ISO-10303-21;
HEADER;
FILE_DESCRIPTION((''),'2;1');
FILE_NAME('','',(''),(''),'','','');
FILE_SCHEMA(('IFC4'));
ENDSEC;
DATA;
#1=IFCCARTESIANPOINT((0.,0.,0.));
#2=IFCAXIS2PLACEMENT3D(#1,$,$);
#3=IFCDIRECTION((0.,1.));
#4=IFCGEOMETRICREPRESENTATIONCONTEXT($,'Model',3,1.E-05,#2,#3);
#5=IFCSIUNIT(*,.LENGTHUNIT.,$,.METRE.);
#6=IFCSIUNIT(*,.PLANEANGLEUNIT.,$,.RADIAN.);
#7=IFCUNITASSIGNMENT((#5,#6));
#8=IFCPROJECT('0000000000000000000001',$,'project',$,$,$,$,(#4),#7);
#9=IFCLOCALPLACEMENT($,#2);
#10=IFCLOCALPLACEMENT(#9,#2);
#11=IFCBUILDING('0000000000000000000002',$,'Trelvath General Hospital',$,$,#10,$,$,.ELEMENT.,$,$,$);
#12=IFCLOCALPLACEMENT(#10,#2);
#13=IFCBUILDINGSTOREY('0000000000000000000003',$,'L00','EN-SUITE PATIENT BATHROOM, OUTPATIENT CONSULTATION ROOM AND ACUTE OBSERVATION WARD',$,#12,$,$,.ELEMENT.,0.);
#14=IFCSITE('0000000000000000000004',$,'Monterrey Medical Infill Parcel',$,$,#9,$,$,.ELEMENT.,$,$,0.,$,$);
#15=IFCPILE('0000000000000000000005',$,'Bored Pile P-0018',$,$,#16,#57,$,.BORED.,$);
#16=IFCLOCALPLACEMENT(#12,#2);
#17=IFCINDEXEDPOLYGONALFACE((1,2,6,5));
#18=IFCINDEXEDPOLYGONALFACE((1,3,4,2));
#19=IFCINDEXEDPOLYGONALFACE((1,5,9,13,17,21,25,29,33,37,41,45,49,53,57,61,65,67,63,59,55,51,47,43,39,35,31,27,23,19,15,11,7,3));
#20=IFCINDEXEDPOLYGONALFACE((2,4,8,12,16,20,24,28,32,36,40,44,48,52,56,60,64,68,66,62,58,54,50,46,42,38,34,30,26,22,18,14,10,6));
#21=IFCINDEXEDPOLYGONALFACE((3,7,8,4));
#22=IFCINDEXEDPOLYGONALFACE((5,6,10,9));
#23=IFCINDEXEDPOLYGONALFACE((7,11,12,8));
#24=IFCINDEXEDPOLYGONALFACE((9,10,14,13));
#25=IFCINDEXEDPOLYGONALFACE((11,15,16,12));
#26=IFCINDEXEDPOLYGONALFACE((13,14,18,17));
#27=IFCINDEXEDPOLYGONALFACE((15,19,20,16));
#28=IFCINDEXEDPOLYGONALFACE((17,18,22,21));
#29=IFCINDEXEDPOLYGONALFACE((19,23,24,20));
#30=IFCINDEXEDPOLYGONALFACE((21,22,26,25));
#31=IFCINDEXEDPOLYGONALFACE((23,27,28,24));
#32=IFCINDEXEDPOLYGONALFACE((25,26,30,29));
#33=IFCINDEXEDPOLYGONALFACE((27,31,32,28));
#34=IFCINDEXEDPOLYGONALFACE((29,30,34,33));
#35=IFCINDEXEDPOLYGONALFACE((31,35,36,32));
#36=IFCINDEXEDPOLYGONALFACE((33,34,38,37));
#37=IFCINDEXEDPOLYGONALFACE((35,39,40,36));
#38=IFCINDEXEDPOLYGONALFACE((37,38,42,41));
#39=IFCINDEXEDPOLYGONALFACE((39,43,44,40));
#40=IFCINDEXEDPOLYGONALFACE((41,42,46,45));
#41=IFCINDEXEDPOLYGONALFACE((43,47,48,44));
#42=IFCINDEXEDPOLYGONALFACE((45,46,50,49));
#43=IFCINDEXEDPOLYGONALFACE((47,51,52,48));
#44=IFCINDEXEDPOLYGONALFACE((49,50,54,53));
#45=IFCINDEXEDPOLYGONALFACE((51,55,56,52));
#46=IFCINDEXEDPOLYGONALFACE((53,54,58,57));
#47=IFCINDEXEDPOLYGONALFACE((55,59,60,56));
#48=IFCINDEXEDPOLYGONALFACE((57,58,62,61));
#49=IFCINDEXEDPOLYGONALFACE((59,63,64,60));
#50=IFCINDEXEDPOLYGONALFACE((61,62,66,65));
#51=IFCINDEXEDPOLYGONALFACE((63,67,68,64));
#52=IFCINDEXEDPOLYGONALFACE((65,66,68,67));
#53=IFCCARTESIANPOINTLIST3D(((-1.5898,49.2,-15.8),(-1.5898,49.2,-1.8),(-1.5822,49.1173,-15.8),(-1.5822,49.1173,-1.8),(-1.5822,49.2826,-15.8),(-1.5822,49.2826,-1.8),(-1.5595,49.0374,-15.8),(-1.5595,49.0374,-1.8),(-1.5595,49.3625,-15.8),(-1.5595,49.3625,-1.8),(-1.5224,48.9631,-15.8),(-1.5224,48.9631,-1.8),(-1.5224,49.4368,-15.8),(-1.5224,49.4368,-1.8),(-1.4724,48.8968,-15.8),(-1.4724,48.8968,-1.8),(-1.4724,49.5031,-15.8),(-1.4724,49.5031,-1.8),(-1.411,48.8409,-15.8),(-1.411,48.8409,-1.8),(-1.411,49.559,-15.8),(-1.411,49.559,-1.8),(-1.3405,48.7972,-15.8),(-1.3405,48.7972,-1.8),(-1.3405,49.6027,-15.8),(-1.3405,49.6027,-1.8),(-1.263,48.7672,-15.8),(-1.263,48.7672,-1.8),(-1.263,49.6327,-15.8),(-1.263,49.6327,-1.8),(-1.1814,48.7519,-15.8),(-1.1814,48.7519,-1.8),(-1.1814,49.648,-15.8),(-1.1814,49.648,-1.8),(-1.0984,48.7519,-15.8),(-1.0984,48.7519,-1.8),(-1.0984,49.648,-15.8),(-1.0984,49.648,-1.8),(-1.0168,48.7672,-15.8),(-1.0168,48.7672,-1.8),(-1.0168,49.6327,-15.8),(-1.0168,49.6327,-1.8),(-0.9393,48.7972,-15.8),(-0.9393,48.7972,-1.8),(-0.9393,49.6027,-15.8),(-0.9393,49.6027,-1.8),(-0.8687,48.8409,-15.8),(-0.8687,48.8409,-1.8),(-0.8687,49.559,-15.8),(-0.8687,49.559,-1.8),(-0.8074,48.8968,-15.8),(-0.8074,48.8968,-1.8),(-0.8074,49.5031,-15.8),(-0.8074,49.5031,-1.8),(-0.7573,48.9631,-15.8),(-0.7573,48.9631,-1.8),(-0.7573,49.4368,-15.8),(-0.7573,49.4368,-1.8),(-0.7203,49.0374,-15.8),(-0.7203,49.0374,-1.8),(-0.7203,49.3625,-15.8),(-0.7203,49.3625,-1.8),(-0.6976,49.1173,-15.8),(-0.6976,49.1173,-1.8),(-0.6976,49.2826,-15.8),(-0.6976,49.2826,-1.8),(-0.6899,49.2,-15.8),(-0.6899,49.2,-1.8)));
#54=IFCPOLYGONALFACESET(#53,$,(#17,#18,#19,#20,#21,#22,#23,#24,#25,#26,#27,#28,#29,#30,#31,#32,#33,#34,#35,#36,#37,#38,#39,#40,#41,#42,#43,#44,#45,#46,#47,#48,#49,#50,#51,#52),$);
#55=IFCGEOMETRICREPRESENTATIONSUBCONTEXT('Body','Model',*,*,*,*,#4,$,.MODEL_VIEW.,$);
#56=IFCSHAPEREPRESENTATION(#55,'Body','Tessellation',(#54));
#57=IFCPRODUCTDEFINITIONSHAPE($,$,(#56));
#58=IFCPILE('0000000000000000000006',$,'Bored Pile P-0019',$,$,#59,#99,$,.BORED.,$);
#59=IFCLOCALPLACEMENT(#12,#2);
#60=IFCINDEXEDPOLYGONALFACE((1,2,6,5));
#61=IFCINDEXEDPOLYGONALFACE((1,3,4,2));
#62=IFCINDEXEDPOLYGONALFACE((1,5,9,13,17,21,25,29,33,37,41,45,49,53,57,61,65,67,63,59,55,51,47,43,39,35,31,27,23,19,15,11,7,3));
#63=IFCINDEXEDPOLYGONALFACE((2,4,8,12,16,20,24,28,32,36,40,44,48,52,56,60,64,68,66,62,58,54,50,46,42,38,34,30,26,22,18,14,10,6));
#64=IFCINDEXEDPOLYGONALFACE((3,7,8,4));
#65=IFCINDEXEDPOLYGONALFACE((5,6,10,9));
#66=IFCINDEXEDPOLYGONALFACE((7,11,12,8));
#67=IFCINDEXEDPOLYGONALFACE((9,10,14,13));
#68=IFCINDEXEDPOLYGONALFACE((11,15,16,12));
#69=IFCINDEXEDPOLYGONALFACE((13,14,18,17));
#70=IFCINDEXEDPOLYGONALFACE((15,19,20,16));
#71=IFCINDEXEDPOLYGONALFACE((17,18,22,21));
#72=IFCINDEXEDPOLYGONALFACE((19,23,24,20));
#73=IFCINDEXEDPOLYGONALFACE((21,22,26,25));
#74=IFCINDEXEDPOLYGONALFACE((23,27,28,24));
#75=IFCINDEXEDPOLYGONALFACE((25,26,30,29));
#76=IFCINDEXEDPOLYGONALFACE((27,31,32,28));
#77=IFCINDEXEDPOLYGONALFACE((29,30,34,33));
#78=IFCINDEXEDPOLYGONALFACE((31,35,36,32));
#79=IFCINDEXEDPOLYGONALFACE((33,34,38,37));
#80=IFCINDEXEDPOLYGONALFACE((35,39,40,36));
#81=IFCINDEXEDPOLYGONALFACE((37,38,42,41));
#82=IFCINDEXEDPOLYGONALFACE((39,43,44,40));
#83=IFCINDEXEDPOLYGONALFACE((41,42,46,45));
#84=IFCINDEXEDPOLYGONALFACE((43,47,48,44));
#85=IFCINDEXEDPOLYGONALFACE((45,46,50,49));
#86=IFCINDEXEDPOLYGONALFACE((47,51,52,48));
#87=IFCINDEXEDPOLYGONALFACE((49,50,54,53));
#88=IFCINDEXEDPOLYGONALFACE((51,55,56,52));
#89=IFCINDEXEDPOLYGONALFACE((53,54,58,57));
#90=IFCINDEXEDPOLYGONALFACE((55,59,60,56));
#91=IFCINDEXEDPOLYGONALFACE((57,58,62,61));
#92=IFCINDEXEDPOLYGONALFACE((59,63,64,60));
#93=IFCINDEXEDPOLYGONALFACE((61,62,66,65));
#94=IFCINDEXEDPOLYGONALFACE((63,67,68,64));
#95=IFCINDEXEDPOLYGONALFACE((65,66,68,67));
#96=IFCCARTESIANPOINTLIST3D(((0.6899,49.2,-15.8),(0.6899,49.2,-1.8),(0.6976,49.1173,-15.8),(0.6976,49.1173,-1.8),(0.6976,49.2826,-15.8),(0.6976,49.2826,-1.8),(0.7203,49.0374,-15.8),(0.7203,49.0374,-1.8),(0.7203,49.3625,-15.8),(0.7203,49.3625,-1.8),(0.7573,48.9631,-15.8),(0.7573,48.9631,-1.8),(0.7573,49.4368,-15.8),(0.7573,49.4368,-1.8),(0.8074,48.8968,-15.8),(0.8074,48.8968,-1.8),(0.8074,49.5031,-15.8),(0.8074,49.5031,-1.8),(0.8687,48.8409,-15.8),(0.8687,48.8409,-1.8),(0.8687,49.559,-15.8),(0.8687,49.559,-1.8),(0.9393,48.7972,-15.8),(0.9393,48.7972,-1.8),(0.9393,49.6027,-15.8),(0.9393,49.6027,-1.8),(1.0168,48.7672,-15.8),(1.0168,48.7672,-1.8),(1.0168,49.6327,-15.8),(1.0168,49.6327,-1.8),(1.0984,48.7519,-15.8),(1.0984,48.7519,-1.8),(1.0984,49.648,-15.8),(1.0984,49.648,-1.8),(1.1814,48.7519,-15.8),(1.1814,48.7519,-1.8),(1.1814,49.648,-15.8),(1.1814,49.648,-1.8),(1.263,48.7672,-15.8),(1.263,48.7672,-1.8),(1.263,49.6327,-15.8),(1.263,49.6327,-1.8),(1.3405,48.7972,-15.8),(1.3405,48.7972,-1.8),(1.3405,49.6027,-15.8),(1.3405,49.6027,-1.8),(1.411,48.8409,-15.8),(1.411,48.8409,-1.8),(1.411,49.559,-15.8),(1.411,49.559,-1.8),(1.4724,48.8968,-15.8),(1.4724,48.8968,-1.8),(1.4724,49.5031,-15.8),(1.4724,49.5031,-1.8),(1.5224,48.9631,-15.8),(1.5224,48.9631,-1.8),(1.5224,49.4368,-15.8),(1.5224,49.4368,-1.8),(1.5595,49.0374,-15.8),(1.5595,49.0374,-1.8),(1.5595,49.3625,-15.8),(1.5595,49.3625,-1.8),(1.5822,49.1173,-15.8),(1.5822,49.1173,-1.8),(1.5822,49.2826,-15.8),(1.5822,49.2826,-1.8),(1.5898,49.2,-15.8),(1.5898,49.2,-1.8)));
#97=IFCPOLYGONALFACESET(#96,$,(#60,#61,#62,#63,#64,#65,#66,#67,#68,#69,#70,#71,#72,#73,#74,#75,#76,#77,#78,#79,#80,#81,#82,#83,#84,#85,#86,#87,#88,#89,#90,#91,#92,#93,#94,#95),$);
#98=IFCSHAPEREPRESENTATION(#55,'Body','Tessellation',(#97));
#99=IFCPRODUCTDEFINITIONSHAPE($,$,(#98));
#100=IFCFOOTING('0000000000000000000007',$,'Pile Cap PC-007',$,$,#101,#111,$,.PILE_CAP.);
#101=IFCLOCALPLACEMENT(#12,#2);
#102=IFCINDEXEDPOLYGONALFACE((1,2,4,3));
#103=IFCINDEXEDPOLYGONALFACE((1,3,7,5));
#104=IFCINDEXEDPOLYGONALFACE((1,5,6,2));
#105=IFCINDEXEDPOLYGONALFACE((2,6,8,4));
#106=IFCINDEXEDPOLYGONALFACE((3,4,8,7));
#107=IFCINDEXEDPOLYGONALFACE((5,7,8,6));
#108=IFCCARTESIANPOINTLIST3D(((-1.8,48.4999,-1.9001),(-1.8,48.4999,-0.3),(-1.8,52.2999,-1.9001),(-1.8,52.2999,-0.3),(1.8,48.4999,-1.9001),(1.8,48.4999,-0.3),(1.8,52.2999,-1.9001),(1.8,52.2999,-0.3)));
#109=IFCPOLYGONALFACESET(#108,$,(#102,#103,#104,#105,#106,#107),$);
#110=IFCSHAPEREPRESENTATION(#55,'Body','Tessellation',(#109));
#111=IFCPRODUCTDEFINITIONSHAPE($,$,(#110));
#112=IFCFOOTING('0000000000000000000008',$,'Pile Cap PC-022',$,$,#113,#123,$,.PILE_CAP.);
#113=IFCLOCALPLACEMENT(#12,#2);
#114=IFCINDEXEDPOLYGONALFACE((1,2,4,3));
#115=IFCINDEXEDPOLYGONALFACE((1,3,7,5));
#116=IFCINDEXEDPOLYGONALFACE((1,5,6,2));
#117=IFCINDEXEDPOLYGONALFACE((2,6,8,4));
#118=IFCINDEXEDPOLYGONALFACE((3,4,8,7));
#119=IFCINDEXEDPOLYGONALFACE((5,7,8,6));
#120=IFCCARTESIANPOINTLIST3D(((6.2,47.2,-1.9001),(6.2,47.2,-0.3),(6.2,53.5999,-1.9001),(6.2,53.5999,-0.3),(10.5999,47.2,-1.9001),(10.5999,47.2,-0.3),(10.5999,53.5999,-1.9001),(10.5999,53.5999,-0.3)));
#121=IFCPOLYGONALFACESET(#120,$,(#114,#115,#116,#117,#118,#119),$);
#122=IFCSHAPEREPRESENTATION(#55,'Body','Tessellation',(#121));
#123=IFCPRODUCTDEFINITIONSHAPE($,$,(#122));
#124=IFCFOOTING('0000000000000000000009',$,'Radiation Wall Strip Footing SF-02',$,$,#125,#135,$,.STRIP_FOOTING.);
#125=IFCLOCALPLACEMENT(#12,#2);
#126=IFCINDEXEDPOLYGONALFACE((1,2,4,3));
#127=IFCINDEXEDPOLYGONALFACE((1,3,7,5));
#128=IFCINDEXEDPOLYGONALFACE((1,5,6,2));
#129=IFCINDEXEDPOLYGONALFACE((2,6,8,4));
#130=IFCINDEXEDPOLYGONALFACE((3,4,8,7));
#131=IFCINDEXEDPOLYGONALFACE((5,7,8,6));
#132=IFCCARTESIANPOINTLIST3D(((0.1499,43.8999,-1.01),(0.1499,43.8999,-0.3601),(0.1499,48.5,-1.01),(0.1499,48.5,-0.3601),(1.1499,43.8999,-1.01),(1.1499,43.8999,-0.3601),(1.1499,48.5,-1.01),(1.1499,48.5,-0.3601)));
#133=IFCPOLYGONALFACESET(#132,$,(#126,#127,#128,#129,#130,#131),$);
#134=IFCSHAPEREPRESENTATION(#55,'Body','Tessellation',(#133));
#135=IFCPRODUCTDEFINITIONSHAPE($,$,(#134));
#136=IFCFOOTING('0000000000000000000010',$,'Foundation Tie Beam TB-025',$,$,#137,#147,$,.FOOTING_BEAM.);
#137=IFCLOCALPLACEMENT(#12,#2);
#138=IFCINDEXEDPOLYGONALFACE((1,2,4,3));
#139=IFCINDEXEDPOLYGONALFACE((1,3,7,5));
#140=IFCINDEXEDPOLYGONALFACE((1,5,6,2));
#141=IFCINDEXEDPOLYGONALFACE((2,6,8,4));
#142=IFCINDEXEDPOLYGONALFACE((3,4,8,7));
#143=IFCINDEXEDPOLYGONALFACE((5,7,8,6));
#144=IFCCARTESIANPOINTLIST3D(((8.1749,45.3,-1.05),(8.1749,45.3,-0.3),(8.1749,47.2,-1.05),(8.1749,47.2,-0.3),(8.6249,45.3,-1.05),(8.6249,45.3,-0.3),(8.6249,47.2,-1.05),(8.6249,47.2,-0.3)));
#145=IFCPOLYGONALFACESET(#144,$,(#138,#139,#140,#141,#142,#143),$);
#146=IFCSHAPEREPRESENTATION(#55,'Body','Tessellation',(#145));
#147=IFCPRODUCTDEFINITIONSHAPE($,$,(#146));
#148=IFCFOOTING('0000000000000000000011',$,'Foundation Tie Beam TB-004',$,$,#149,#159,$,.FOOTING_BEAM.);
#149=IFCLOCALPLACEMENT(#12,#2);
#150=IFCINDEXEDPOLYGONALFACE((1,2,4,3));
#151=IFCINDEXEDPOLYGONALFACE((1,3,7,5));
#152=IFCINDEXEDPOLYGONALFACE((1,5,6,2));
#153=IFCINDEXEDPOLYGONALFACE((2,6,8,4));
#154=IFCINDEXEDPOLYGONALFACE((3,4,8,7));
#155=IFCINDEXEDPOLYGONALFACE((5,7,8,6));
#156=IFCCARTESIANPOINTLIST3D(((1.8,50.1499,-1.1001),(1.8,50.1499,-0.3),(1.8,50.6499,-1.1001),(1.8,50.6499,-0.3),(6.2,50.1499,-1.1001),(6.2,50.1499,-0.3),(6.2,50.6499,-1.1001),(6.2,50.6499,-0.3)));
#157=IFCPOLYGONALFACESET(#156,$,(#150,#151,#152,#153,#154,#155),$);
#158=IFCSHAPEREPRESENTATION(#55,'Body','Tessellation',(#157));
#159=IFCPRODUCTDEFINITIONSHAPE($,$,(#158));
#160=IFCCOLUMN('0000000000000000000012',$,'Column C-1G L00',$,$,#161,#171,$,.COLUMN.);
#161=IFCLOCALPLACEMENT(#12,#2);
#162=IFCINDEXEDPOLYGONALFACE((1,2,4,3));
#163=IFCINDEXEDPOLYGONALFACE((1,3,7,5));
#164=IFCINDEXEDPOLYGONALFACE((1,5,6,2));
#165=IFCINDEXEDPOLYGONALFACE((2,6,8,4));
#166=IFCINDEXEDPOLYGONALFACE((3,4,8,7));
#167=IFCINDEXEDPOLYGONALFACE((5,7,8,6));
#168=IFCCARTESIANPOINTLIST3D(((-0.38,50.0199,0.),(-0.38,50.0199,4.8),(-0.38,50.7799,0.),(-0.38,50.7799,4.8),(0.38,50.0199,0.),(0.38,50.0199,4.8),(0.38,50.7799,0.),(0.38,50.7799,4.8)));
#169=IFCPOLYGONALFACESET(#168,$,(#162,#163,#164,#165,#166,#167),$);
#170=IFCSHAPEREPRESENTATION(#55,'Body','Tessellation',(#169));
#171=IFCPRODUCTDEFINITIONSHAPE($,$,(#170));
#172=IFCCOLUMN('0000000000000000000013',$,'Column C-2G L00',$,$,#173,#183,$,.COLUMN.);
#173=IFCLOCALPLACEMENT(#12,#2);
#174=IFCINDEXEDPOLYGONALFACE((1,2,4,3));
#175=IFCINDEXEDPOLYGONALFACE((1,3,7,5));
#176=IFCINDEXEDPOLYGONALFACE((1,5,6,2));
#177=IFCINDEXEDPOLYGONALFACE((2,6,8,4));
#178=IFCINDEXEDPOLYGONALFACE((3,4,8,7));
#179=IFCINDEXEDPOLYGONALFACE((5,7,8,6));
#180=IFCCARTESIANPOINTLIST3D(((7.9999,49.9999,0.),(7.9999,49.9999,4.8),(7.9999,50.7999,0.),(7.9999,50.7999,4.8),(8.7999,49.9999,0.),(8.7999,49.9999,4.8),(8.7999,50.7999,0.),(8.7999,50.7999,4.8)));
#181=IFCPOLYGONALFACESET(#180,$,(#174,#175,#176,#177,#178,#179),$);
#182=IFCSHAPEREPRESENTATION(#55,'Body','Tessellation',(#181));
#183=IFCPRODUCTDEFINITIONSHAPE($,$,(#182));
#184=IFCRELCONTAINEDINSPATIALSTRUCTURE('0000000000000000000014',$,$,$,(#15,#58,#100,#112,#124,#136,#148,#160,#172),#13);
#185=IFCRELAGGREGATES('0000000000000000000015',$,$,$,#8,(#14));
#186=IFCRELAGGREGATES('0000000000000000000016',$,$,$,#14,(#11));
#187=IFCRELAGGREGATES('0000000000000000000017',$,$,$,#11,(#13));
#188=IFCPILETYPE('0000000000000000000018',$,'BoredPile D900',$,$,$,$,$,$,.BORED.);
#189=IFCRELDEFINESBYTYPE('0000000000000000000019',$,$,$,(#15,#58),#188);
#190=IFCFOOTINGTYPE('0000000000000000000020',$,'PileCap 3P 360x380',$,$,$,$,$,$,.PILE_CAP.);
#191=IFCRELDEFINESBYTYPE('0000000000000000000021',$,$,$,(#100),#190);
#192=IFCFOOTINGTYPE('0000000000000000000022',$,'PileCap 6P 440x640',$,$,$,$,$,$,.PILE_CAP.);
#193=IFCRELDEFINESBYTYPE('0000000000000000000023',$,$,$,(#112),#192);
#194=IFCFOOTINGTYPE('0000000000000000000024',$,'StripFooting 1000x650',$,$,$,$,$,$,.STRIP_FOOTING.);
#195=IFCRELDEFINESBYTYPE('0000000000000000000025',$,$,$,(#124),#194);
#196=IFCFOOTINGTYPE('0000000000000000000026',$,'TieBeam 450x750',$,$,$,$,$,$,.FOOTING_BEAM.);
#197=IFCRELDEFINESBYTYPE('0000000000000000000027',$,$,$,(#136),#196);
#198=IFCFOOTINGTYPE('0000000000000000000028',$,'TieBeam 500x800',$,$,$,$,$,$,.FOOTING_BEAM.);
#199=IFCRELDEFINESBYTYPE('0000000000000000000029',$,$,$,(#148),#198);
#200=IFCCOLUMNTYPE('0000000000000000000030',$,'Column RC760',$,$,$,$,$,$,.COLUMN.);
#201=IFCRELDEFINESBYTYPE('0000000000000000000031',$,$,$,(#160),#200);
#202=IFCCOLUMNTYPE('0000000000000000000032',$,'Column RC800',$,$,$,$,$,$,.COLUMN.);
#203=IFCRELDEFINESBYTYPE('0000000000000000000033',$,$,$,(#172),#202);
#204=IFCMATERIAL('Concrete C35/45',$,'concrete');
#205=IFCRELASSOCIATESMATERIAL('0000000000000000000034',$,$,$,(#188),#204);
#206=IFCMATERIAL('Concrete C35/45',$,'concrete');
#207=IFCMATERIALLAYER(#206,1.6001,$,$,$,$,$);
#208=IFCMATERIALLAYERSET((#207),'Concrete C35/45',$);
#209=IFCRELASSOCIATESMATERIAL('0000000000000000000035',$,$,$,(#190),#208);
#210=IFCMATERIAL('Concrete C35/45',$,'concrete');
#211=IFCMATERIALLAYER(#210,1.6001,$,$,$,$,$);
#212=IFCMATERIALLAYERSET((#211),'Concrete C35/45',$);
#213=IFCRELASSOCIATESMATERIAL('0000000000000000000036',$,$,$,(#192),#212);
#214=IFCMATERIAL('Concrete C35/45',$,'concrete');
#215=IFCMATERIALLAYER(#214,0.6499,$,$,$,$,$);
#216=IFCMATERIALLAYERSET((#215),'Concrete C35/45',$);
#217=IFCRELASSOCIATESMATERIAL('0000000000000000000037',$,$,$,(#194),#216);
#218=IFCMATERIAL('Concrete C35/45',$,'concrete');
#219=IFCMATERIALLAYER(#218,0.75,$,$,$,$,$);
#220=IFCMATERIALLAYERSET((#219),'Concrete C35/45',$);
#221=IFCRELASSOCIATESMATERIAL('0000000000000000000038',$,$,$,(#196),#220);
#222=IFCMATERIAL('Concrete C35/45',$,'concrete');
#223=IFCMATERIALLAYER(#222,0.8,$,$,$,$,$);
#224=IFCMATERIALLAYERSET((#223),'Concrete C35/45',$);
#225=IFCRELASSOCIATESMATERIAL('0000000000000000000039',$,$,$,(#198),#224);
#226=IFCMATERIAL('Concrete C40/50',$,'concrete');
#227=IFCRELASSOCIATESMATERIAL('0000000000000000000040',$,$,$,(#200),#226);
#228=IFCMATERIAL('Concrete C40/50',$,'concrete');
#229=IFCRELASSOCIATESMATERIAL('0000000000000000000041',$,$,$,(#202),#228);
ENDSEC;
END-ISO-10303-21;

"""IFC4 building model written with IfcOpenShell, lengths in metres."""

from ifc_helpers import new_model, si_unit, direction, frame, origin, origin_2d, place, context, subcontext, project, spatial, rectangle, circle, extrude, material, layer, layer_set, material_profile, profile_set, type_object, element, save


model = new_model("IFC4")

# Units and contexts
model_context = context("Model", 3, precision=1e-05, world=origin(), true_north=direction((0.0, 1.0)))
body_context = subcontext(model_context, "Body", "Model", "MODEL_VIEW")
ifc_project = project(units=[si_unit("LENGTHUNIT", "METRE"), si_unit("PLANEANGLEUNIT", "RADIAN")], contexts=[model_context])

# Site, building, storey
site_placement = place(None, origin())
site = spatial("IfcSite", under=ifc_project, at=site_placement, Name="Monterrey Medical Infill Parcel", CompositionType="ELEMENT", RefElevation=0.0)
building_placement = place(site_placement, origin())
building = spatial("IfcBuilding", under=site, at=building_placement, Name="Trelvath General Hospital", CompositionType="ELEMENT")
storey_placement = place(building_placement, origin())
storey = spatial("IfcBuildingStorey", under=building, at=storey_placement, Name="L00", Description="EN-SUITE PATIENT BATHROOM, OUTPATIENT CONSULTATION ROOM AND ACUTE OBSERVATION WARD", CompositionType="ELEMENT", Elevation=0.0)

# Piles
ifc_material_1 = material(Name="Concrete C35/45", Category="concrete")
ifc_material_profile_1 = material_profile(ifc_material_1, circle(Radius=0.45, at=origin_2d()), Name="PILE900")
ifc_profile_set_1 = profile_set([ifc_material_profile_1], Name="Concrete C35/45")
pile_type_1 = type_object("IfcPileType", Name="BoredPile D900", PredefinedType="BORED", material=ifc_profile_set_1)
for number, where, z_axis, x_axis, name in (
    (1, (-1.1399, 49.2, -1.8), (0.0, 0.0, -1.0), (1.0, 0.0, 0.0), "Bored Pile P-0018"),
    (2, (1.1399, 49.2, -1.8), (0.0, 0.0, -1.0), (1.0, 0.0, 0.0), "Bored Pile P-0019"),
):
    element("IfcPile", number, at=place(storey_placement, frame(where, z_axis=z_axis, x_axis=x_axis)), inside=storey, type_object=pile_type_1, Name=name, PredefinedType="BORED", context=body_context, shape_type="SweptSolid", body=[
        extrude(circle(Radius=0.45, at=origin_2d()), origin(), (0.0, 0.0, 1.0), 14.0),
    ])

# Footings
ifc_material_2 = material(Name="Concrete C35/45", Category="concrete")
ifc_layer_1 = layer(ifc_material_2, 1.6001)
ifc_layer_set_1 = layer_set([ifc_layer_1], Name="Concrete C35/45")
footing_type_1 = type_object("IfcFootingType", Name="PileCap 3P 360x380", PredefinedType="PILE_CAP", material=ifc_layer_set_1)
footing_1_placement = place(storey_placement, frame((0.0, 50.3999, -1.9001), z_axis=(0.0, 0.0, 1.0), x_axis=(1.0, 0.0, 0.0)))
element("IfcFooting", 3, at=footing_1_placement, inside=storey, type_object=footing_type_1, Name="Pile Cap PC-007", PredefinedType="PILE_CAP", context=body_context, shape_type="SweptSolid", body=[
    extrude(rectangle(XDim=3.6001, YDim=3.8, at=origin_2d()), origin(), (0.0, 0.0, 1.0), 1.6001),
])
ifc_material_3 = material(Name="Concrete C35/45", Category="concrete")
ifc_layer_2 = layer(ifc_material_3, 1.6001)
ifc_layer_set_2 = layer_set([ifc_layer_2], Name="Concrete C35/45")
footing_type_2 = type_object("IfcFootingType", Name="PileCap 6P 440x640", PredefinedType="PILE_CAP", material=ifc_layer_set_2)
footing_2_placement = place(storey_placement, frame((8.3999, 50.3999, -1.9001), z_axis=(0.0, 0.0, 1.0), x_axis=(1.0, 0.0, 0.0)))
element("IfcFooting", 4, at=footing_2_placement, inside=storey, type_object=footing_type_2, Name="Pile Cap PC-022", PredefinedType="PILE_CAP", context=body_context, shape_type="SweptSolid", body=[
    extrude(rectangle(XDim=4.3999, YDim=6.3999, at=origin_2d()), origin(), (0.0, 0.0, 1.0), 1.6001),
])
ifc_material_4 = material(Name="Concrete C35/45", Category="concrete")
ifc_layer_3 = layer(ifc_material_4, 0.6499)
ifc_layer_set_3 = layer_set([ifc_layer_3], Name="Concrete C35/45")
footing_type_3 = type_object("IfcFootingType", Name="StripFooting 1000x650", PredefinedType="STRIP_FOOTING", material=ifc_layer_set_3)
footing_3_placement = place(storey_placement, frame((0.6499, 46.2, -1.01), z_axis=(0.0, 0.0, 1.0), x_axis=(1.0, 0.0, 0.0)))
element("IfcFooting", 5, at=footing_3_placement, inside=storey, type_object=footing_type_3, Name="Radiation Wall Strip Footing SF-02", PredefinedType="STRIP_FOOTING", context=body_context, shape_type="SweptSolid", body=[
    extrude(rectangle(XDim=1.0, YDim=4.6001, at=origin_2d()), origin(), (0.0, 0.0, 1.0), 0.6499),
])
ifc_material_5 = material(Name="Concrete C35/45", Category="concrete")
ifc_layer_4 = layer(ifc_material_5, 0.75)
ifc_layer_set_4 = layer_set([ifc_layer_4], Name="Concrete C35/45")
footing_type_4 = type_object("IfcFootingType", Name="TieBeam 450x750", PredefinedType="FOOTING_BEAM", material=ifc_layer_set_4)
footing_4_placement = place(storey_placement, frame((8.3999, 46.25, -1.05), z_axis=(0.0, 0.0, 1.0), x_axis=(1.0, 0.0, 0.0)))
element("IfcFooting", 6, at=footing_4_placement, inside=storey, type_object=footing_type_4, Name="Foundation Tie Beam TB-025", PredefinedType="FOOTING_BEAM", context=body_context, shape_type="SweptSolid", body=[
    extrude(rectangle(XDim=0.45, YDim=1.8999, at=origin_2d()), origin(), (0.0, 0.0, 1.0), 0.75),
])
ifc_material_6 = material(Name="Concrete C35/45", Category="concrete")
ifc_layer_5 = layer(ifc_material_6, 0.8)
ifc_layer_set_5 = layer_set([ifc_layer_5], Name="Concrete C35/45")
footing_type_5 = type_object("IfcFootingType", Name="TieBeam 500x800", PredefinedType="FOOTING_BEAM", material=ifc_layer_set_5)
footing_5_placement = place(storey_placement, frame((4.0, 50.3999, -1.1001), z_axis=(0.0, 0.0, 1.0), x_axis=(1.0, 0.0, 0.0)))
element("IfcFooting", 7, at=footing_5_placement, inside=storey, type_object=footing_type_5, Name="Foundation Tie Beam TB-004", PredefinedType="FOOTING_BEAM", context=body_context, shape_type="SweptSolid", body=[
    extrude(rectangle(XDim=4.3999, YDim=0.5, at=origin_2d()), origin(), (0.0, 0.0, 1.0), 0.8),
])

# Columns
ifc_material_7 = material(Name="Concrete C40/50", Category="concrete")
ifc_material_profile_2 = material_profile(ifc_material_7, rectangle(XDim=0.76, YDim=0.76, at=origin_2d()), Name="RC760x760")
ifc_profile_set_2 = profile_set([ifc_material_profile_2], Name="Concrete C40/50")
column_type_1 = type_object("IfcColumnType", Name="Column RC760", PredefinedType="COLUMN", material=ifc_profile_set_2)
column_1_placement = place(storey_placement, frame((0.0, 50.3999, 0.0), z_axis=(0.0, 0.0, 1.0), x_axis=(1.0, 0.0, 0.0)))
element("IfcColumn", 8, at=column_1_placement, inside=storey, type_object=column_type_1, Name="Column C-1G L00", PredefinedType="COLUMN", context=body_context, shape_type="SweptSolid", body=[
    extrude(rectangle(XDim=0.76, YDim=0.76, at=origin_2d()), origin(), (0.0, 0.0, 1.0), 4.8),
])
ifc_material_8 = material(Name="Concrete C40/50", Category="concrete")
ifc_material_profile_3 = material_profile(ifc_material_8, rectangle(XDim=0.8, YDim=0.8, at=origin_2d()), Name="RC800x800")
ifc_profile_set_3 = profile_set([ifc_material_profile_3], Name="Concrete C40/50")
column_type_2 = type_object("IfcColumnType", Name="Column RC800", PredefinedType="COLUMN", material=ifc_profile_set_3)
column_2_placement = place(storey_placement, frame((8.3999, 50.3999, 0.0), z_axis=(0.0, 0.0, 1.0), x_axis=(1.0, 0.0, 0.0)))
element("IfcColumn", 9, at=column_2_placement, inside=storey, type_object=column_type_2, Name="Column C-2G L00", PredefinedType="COLUMN", context=body_context, shape_type="SweptSolid", body=[
    extrude(rectangle(XDim=0.8, YDim=0.8, at=origin_2d()), origin(), (0.0, 0.0, 1.0), 4.8),
])

save(model, "model.ifc")
